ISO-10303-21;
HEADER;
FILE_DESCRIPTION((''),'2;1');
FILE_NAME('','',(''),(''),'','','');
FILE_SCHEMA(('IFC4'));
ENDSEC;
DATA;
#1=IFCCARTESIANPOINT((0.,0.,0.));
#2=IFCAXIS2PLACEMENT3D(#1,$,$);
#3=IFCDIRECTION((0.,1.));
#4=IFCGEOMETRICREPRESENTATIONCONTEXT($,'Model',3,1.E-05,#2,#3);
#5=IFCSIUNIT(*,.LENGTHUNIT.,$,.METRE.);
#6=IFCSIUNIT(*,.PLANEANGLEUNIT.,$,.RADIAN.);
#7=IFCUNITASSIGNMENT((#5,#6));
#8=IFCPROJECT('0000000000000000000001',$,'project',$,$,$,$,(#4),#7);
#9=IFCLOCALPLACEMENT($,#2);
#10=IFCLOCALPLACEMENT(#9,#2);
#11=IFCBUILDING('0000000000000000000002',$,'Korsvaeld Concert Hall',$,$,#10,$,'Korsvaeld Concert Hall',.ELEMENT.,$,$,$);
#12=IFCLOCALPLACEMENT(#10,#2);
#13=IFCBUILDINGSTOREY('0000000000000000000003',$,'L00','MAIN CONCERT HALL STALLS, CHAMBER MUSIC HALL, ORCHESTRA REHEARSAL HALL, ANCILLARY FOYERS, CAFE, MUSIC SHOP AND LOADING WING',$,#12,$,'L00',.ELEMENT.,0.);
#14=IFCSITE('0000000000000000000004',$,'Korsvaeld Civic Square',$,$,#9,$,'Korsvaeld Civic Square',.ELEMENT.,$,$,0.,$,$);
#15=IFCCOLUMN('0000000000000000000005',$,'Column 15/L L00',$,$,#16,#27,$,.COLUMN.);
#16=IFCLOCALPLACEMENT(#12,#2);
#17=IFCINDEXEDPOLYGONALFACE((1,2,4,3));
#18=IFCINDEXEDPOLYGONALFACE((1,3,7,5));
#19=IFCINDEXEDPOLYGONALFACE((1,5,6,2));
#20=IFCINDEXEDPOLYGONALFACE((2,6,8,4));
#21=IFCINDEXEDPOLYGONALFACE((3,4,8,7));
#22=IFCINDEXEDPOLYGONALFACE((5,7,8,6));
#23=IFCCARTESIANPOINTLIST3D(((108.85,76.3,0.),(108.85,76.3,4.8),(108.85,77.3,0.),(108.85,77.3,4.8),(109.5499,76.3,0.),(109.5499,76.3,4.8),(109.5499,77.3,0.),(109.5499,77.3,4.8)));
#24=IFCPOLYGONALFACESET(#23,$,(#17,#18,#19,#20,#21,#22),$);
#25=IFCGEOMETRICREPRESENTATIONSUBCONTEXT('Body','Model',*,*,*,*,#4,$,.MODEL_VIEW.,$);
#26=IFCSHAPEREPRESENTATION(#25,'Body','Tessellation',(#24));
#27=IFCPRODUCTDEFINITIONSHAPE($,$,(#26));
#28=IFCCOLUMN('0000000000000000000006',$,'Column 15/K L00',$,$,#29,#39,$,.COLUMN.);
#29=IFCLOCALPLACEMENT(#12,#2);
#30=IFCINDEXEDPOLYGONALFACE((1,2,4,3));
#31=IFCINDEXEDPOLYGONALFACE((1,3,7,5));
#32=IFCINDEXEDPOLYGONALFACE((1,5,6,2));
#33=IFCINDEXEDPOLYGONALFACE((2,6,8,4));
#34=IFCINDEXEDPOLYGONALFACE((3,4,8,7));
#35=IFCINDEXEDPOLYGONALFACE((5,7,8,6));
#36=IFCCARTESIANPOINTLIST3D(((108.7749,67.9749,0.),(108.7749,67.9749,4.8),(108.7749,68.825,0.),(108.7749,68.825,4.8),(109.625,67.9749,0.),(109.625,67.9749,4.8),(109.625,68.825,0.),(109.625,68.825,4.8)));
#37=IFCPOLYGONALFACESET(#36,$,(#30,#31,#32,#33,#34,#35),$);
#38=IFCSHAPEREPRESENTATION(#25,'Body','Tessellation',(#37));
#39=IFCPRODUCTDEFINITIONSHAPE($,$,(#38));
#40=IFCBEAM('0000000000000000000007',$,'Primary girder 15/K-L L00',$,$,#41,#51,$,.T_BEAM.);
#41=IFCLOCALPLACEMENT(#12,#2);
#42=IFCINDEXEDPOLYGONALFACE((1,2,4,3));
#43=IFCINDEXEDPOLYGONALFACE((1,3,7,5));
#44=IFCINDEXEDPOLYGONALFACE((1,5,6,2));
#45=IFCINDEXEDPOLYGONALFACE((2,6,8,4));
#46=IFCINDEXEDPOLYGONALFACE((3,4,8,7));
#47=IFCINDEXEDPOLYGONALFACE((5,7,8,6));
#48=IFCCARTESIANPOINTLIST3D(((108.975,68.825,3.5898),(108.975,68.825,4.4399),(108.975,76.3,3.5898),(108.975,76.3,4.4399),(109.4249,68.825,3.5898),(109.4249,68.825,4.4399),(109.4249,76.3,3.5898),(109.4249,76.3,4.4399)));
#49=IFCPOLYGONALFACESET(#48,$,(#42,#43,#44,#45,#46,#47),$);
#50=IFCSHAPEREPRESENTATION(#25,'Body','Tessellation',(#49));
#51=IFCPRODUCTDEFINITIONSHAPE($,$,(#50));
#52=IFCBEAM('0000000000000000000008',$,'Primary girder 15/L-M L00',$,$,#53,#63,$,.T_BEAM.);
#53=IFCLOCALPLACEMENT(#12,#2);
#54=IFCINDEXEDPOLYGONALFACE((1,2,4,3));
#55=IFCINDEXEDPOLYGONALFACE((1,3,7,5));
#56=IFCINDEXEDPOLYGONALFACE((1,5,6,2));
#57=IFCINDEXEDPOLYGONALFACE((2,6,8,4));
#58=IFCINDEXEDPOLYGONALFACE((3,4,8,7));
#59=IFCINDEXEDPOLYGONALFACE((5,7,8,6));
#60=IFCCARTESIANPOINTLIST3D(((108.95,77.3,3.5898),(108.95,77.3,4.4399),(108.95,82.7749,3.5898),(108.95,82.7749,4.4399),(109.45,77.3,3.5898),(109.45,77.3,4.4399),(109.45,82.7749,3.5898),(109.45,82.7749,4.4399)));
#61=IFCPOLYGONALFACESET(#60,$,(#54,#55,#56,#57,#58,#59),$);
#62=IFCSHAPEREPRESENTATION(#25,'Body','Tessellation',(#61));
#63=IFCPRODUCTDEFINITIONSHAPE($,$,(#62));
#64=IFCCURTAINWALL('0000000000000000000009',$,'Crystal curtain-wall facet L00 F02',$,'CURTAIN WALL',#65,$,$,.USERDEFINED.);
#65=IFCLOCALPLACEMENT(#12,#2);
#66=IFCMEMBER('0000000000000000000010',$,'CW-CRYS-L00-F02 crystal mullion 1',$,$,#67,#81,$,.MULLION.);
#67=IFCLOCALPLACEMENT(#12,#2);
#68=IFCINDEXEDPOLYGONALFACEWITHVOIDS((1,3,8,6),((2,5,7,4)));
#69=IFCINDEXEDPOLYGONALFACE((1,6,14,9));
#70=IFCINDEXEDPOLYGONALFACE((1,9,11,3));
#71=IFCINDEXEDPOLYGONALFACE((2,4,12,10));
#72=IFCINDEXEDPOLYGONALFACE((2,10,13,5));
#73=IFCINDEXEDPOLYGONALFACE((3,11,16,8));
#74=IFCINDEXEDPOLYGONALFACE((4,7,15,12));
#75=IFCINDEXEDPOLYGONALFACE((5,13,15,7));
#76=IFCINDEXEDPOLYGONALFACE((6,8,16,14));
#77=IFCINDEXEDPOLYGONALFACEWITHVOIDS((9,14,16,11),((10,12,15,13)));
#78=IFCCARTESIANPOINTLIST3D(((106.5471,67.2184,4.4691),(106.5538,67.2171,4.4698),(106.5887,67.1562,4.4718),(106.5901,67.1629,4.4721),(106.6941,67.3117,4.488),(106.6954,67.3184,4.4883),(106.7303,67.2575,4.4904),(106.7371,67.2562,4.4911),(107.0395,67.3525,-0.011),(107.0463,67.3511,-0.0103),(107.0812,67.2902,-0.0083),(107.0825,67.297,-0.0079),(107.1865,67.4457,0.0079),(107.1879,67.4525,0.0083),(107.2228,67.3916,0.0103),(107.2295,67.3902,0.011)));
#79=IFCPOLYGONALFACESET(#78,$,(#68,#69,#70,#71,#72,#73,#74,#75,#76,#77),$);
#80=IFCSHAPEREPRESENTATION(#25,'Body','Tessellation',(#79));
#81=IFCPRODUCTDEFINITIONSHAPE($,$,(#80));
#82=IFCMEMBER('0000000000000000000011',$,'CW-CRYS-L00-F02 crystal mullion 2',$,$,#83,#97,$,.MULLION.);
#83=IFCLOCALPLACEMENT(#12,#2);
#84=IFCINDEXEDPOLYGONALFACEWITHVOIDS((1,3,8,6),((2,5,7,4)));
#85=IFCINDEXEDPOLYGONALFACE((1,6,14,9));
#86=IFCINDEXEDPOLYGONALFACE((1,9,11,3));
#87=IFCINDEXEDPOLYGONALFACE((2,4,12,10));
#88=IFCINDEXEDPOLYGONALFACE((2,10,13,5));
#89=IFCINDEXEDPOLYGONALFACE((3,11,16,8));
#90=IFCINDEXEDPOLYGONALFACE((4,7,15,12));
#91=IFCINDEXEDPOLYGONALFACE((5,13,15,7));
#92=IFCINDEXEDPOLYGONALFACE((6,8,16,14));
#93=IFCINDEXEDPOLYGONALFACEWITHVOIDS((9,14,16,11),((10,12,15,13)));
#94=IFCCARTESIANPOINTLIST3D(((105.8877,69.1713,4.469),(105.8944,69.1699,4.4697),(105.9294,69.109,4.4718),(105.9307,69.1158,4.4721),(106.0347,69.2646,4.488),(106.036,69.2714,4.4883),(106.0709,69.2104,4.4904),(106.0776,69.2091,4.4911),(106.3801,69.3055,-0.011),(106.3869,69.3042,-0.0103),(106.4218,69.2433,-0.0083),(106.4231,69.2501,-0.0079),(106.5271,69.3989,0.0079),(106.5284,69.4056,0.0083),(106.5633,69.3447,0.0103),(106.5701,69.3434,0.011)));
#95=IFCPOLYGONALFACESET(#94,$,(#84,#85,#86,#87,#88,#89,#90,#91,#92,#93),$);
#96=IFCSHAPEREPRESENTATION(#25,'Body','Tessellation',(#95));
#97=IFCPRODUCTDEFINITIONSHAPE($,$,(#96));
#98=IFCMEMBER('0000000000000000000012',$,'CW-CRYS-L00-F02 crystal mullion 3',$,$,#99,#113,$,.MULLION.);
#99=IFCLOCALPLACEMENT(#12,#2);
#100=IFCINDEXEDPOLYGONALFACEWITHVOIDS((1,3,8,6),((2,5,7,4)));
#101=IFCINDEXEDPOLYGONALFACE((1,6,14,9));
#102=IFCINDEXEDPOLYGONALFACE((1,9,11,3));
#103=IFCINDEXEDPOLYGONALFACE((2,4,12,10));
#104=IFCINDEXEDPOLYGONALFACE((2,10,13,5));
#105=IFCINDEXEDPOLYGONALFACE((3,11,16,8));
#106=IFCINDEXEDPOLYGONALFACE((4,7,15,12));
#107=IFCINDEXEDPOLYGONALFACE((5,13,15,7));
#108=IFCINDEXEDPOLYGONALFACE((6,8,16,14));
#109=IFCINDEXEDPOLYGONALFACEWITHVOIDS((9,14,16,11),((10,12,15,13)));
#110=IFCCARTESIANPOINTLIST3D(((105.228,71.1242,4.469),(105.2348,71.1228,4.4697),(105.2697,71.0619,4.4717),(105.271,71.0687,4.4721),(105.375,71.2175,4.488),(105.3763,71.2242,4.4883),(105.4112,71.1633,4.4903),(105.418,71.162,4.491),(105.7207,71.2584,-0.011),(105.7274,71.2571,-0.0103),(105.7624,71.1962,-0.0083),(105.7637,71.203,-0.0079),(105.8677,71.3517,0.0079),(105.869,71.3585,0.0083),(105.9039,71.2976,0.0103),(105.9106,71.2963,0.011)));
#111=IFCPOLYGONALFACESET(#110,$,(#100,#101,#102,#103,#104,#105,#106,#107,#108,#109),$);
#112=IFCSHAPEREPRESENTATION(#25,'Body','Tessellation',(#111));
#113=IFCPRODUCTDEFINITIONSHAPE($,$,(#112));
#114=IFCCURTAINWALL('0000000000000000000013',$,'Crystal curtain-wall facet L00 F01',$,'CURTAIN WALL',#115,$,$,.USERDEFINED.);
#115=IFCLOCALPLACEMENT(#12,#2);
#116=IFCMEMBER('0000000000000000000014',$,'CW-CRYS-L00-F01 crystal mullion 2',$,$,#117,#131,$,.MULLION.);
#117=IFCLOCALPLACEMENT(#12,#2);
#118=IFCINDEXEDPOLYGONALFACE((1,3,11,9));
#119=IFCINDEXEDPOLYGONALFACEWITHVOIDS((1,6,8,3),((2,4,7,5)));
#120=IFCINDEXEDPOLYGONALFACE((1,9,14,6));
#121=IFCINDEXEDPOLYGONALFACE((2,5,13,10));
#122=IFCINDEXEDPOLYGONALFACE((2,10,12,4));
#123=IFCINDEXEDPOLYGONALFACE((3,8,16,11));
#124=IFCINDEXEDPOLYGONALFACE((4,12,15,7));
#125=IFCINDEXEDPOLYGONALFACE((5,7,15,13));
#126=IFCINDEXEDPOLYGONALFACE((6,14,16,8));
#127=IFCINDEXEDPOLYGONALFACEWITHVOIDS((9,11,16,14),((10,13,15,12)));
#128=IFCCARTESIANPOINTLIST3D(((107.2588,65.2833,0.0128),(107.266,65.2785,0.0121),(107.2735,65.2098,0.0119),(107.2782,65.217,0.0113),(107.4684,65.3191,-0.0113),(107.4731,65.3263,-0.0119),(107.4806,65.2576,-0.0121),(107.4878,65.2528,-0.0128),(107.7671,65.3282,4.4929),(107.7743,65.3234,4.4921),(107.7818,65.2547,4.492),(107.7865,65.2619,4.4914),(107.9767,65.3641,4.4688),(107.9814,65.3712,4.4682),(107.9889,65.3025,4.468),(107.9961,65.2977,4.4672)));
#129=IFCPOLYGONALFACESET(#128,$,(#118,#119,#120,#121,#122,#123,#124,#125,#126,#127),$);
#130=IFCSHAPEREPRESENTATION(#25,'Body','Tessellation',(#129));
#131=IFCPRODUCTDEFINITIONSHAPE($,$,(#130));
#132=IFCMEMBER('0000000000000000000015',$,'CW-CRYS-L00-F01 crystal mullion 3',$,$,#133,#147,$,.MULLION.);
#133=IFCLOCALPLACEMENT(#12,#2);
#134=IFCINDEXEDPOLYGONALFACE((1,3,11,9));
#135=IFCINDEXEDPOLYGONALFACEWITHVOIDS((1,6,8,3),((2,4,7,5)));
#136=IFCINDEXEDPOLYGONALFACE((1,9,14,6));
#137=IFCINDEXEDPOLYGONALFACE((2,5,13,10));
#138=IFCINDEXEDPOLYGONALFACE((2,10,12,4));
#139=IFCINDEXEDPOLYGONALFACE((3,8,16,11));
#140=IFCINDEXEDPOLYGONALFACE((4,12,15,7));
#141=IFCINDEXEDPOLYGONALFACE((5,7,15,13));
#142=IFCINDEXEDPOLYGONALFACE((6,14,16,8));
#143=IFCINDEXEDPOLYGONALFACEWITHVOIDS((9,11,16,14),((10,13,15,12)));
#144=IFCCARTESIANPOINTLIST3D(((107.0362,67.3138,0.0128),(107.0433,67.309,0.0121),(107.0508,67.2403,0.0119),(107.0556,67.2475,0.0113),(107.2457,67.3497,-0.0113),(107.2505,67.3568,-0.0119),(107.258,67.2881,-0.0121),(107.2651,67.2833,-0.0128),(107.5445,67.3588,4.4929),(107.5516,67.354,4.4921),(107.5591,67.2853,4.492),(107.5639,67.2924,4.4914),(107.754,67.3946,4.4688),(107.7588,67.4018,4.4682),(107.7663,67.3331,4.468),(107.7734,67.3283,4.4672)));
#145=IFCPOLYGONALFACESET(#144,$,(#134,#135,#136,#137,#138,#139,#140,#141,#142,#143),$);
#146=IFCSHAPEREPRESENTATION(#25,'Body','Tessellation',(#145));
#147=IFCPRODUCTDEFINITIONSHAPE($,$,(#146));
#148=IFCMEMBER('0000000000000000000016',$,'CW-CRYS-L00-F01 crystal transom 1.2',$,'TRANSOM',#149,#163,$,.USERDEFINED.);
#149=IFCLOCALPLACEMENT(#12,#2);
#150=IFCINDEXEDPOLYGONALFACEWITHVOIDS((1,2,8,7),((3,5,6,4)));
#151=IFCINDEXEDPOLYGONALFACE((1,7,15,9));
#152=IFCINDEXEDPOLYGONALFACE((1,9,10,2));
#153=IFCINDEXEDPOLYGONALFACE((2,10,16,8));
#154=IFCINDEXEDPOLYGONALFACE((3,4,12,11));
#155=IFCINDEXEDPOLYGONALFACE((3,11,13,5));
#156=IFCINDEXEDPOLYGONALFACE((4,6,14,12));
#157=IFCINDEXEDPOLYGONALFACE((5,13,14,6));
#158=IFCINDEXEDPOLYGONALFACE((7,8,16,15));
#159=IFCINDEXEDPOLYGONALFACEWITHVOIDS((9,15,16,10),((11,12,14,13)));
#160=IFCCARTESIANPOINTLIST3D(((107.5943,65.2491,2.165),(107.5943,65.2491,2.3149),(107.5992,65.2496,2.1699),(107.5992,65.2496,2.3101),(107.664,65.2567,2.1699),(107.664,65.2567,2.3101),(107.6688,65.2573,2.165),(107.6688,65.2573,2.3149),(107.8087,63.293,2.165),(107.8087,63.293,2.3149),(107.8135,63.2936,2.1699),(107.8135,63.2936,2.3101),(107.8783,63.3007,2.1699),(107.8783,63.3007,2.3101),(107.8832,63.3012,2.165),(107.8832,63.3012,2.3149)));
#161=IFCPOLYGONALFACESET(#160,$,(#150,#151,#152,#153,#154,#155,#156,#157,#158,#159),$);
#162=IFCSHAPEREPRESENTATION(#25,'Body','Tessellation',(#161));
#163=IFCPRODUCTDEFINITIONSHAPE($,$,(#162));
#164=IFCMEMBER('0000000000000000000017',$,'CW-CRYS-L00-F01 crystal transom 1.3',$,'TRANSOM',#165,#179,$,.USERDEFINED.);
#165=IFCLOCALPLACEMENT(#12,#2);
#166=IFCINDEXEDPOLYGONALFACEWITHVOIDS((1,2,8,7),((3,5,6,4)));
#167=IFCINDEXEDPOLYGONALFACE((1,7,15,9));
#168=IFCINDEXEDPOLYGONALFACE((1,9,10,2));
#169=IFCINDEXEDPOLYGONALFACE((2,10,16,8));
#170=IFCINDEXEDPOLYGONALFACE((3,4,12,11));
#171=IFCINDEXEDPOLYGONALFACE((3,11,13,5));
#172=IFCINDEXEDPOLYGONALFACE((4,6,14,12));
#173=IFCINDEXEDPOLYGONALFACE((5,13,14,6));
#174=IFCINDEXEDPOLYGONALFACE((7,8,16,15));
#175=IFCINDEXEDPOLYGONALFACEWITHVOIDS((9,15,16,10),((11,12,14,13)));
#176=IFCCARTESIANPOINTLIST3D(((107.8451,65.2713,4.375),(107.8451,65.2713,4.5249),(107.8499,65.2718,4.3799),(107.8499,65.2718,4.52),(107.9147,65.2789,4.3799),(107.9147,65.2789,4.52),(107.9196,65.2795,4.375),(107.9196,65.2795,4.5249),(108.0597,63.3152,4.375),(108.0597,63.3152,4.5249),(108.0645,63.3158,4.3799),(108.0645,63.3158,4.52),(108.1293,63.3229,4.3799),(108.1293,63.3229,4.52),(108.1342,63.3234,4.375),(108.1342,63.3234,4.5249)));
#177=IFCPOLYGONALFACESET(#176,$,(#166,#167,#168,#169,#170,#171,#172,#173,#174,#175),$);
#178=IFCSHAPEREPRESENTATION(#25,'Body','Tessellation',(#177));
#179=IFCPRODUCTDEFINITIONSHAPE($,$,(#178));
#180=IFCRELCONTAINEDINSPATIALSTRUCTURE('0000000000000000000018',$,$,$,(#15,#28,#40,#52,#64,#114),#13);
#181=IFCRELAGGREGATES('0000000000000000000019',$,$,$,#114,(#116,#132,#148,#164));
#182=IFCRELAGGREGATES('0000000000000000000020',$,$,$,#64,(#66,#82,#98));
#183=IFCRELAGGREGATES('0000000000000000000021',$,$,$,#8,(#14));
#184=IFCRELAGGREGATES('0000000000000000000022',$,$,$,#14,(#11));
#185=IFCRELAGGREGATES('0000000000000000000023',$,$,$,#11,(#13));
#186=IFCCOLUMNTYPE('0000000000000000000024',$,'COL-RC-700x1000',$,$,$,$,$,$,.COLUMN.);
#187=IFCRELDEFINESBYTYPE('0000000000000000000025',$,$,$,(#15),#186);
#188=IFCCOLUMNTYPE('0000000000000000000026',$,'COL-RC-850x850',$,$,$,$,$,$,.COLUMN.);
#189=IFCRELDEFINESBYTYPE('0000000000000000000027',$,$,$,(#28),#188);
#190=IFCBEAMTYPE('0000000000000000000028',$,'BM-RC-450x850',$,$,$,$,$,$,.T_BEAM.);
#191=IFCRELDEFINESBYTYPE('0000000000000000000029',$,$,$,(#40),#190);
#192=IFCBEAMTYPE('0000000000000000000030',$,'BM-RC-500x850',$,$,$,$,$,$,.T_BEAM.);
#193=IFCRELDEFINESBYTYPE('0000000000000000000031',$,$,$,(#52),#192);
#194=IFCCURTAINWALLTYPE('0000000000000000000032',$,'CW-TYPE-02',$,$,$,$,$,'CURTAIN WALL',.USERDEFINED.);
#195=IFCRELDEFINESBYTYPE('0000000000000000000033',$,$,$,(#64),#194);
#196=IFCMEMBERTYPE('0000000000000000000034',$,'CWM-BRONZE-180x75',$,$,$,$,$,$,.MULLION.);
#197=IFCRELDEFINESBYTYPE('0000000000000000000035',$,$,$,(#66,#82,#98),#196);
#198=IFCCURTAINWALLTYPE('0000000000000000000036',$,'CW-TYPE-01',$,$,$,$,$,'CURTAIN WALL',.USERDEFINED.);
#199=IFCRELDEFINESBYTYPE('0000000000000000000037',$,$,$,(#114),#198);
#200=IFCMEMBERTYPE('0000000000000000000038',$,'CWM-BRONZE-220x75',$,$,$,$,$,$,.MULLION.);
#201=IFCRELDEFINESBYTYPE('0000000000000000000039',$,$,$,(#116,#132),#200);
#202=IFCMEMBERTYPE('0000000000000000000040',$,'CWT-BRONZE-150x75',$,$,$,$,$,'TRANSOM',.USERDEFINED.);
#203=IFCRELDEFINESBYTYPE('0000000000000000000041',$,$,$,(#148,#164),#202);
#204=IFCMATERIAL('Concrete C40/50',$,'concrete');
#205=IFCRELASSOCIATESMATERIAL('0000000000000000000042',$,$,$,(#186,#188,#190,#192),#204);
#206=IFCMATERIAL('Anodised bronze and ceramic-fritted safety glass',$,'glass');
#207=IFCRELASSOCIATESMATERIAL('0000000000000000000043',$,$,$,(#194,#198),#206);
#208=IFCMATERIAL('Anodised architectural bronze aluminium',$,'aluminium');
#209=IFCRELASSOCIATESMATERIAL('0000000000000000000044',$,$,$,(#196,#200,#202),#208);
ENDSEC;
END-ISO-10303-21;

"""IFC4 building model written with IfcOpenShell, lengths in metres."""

from ifc_helpers import new_model, si_unit, direction, frame, origin, origin_2d, place, context, subcontext, project, spatial, rectangle, hollow_rectangle, extrude, material, material_profile, profile_set, type_object, element, aggregate, save


model = new_model("IFC4")

# Units and contexts
model_context = context("Model", 3, precision=1e-05, world=origin(), true_north=direction((0.0, 1.0)))
body_context = subcontext(model_context, "Body", "Model", "MODEL_VIEW")
ifc_project = project(units=[si_unit("LENGTHUNIT", "METRE"), si_unit("PLANEANGLEUNIT", "RADIAN")], contexts=[model_context])

# Site, building, storey
site_placement = place(None, origin())
site = spatial("IfcSite", under=ifc_project, at=site_placement, Name="Korsvaeld Civic Square", LongName="Korsvaeld Civic Square", CompositionType="ELEMENT", RefElevation=0.0)
building_placement = place(site_placement, origin())
building = spatial("IfcBuilding", under=site, at=building_placement, Name="Korsvaeld Concert Hall", LongName="Korsvaeld Concert Hall", CompositionType="ELEMENT")
storey_placement = place(building_placement, origin())
storey = spatial("IfcBuildingStorey", under=building, at=storey_placement, Name="L00", Description="MAIN CONCERT HALL STALLS, CHAMBER MUSIC HALL, ORCHESTRA REHEARSAL HALL, ANCILLARY FOYERS, CAFE, MUSIC SHOP AND LOADING WING", LongName="L00", CompositionType="ELEMENT", Elevation=0.0)

# Columns
ifc_material_1 = material(Name="Concrete C40/50", Category="concrete")
ifc_material_profile_1 = material_profile(ifc_material_1, rectangle(XDim=0.7, YDim=1.0, at=origin_2d()), Name="RC 700x1000")
ifc_profile_set_1 = profile_set([ifc_material_profile_1], Name="Concrete C40/50")
column_type_1 = type_object("IfcColumnType", Name="COL-RC-700x1000", PredefinedType="COLUMN", material=ifc_profile_set_1)
column_1_placement = place(storey_placement, frame((109.2, 76.8, 0.0), z_axis=(0.0, 0.0, 1.0), x_axis=(1.0, 0.0, 0.0)))
element("IfcColumn", 1, at=column_1_placement, inside=storey, type_object=column_type_1, Name="Column 15/L L00", PredefinedType="COLUMN", context=body_context, shape_type="SweptSolid", body=[
    extrude(rectangle(XDim=0.7, YDim=1.0, at=origin_2d()), origin(), (0.0, 0.0, 1.0), 4.8),
])
ifc_material_profile_2 = material_profile(ifc_material_1, rectangle(XDim=0.8501, YDim=0.8501, at=origin_2d()), Name="RC 850x850")
ifc_profile_set_2 = profile_set([ifc_material_profile_2], Name="Concrete C40/50")
column_type_2 = type_object("IfcColumnType", Name="COL-RC-850x850", PredefinedType="COLUMN", material=ifc_profile_set_2)
column_2_placement = place(storey_placement, frame((109.2, 68.3999, 0.0), z_axis=(0.0, 0.0, 1.0), x_axis=(1.0, 0.0, 0.0)))
element("IfcColumn", 2, at=column_2_placement, inside=storey, type_object=column_type_2, Name="Column 15/K L00", PredefinedType="COLUMN", context=body_context, shape_type="SweptSolid", body=[
    extrude(rectangle(XDim=0.8501, YDim=0.8501, at=origin_2d()), origin(), (0.0, 0.0, 1.0), 4.8),
])

# Beams
ifc_material_profile_3 = material_profile(ifc_material_1, rectangle(XDim=0.45, YDim=0.8501, at=origin_2d()), Name="RC 450x850")
ifc_profile_set_3 = profile_set([ifc_material_profile_3], Name="Concrete C40/50")
beam_type_1 = type_object("IfcBeamType", Name="BM-RC-450x850", PredefinedType="T_BEAM", material=ifc_profile_set_3)
beam_1_placement = place(storey_placement, frame((109.2, 68.825, 4.0149), z_axis=(0.0, 1.0, 0.0), x_axis=(-1.0, 0.0, 0.0)))
element("IfcBeam", 3, at=beam_1_placement, inside=storey, type_object=beam_type_1, Name="Primary girder 15/K-L L00", PredefinedType="T_BEAM", context=body_context, shape_type="SweptSolid", body=[
    extrude(rectangle(XDim=0.45, YDim=0.8501, at=origin_2d()), origin(), (0.0, 0.0, 1.0), 7.4751),
])
ifc_material_profile_4 = material_profile(ifc_material_1, rectangle(XDim=0.5, YDim=0.8501, at=origin_2d()), Name="RC 500x850")
ifc_profile_set_4 = profile_set([ifc_material_profile_4], Name="Concrete C40/50")
beam_type_2 = type_object("IfcBeamType", Name="BM-RC-500x850", PredefinedType="T_BEAM", material=ifc_profile_set_4)
beam_2_placement = place(storey_placement, frame((109.2, 77.3, 4.0149), z_axis=(0.0, 1.0, 0.0), x_axis=(-1.0, 0.0, 0.0)))
element("IfcBeam", 4, at=beam_2_placement, inside=storey, type_object=beam_type_2, Name="Primary girder 15/L-M L00", PredefinedType="T_BEAM", context=body_context, shape_type="SweptSolid", body=[
    extrude(rectangle(XDim=0.5, YDim=0.8501, at=origin_2d()), origin(), (0.0, 0.0, 1.0), 5.4749),
])

# Curtain walls, members
ifc_material_2 = material(Name="Anodised bronze and ceramic-fritted safety glass", Category="glass")
curtain_wall_type_1 = type_object("IfcCurtainWallType", Name="CW-TYPE-02", ElementType="CURTAIN WALL", PredefinedType="USERDEFINED", material=ifc_material_2)
curtain_wall_1_placement = place(storey_placement, origin())
curtain_wall_1 = element("IfcCurtainWall", 5, at=curtain_wall_1_placement, inside=storey, type_object=curtain_wall_type_1, Name="Crystal curtain-wall facet L00 F02", ObjectType="CURTAIN WALL", PredefinedType="USERDEFINED")
ifc_material_3 = material(Name="Anodised architectural bronze aluminium", Category="aluminium")
ifc_material_profile_5 = material_profile(ifc_material_3, hollow_rectangle(XDim=0.075, YDim=0.1799, WallThickness=0.0049, at=origin_2d()), Name="CWM 180x75x5")
ifc_profile_set_5 = profile_set([ifc_material_profile_5], Name="Anodised architectural bronze aluminium")
member_type_1 = type_object("IfcMemberType", Name="CWM-BRONZE-180x75", PredefinedType="MULLION", material=ifc_profile_set_5)
member_1_placement = place(storey_placement, frame((107.1345, 67.3713, 0.0), z_axis=(-0.109212, -0.029726, 0.993574), x_axis=(-0.555535, 0.830704, -0.03621)))
member_1 = element("IfcMember", 6, at=member_1_placement, type_object=member_type_1, Name="CW-CRYS-L00-F02 crystal mullion 1", PredefinedType="MULLION", context=body_context, shape_type="SweptSolid", body=[
    extrude(hollow_rectangle(XDim=0.075, YDim=0.1799, WallThickness=0.0049, at=origin_2d()), origin(), (0.0, 0.0, 1.0), 4.509),
])
member_2_placement = place(storey_placement, frame((106.4751, 69.3245, 0.0), z_axis=(-0.109212, -0.02978, 0.993572), x_axis=(-0.555918, 0.830448, -0.036215)))
member_2 = element("IfcMember", 7, at=member_2_placement, type_object=member_type_1, Name="CW-CRYS-L00-F02 crystal mullion 2", PredefinedType="MULLION", context=body_context, shape_type="SweptSolid", body=[
    extrude(hollow_rectangle(XDim=0.075, YDim=0.1799, WallThickness=0.0049, at=origin_2d()), origin(), (0.0, 0.0, 1.0), 4.509),
])
member_3_placement = place(storey_placement, frame((105.8157, 71.2773, 0.0), z_axis=(-0.109265, -0.02978, 0.993566), x_axis=(-0.555812, 0.830518, -0.036231)))
member_3 = element("IfcMember", 8, at=member_3_placement, type_object=member_type_1, Name="CW-CRYS-L00-F02 crystal mullion 3", PredefinedType="MULLION", context=body_context, shape_type="SweptSolid", body=[
    extrude(hollow_rectangle(XDim=0.075, YDim=0.1799, WallThickness=0.0049, at=origin_2d()), origin(), (0.0, 0.0, 1.0), 4.509),
])
curtain_wall_type_2 = type_object("IfcCurtainWallType", Name="CW-TYPE-01", ElementType="CURTAIN WALL", PredefinedType="USERDEFINED", material=ifc_material_2)
curtain_wall_2_placement = place(storey_placement, origin())
curtain_wall_2 = element("IfcCurtainWall", 9, at=curtain_wall_2_placement, inside=storey, type_object=curtain_wall_type_2, Name="Crystal curtain-wall facet L00 F01", ObjectType="CURTAIN WALL", PredefinedType="USERDEFINED")
ifc_material_profile_6 = material_profile(ifc_material_3, hollow_rectangle(XDim=0.075, YDim=0.22, WallThickness=0.0061, at=origin_2d()), Name="CWM 220x75x6")
ifc_profile_set_6 = profile_set([ifc_material_profile_6], Name="Anodised architectural bronze aluminium")
member_type_2 = type_object("IfcMemberType", Name="CWM-BRONZE-220x75", PredefinedType="MULLION", material=ifc_profile_set_6)
member_4_placement = place(storey_placement, frame((107.3733, 65.2681, 0.0), z_axis=(0.112732, 0.009963, 0.993576), x_axis=(0.195385, -0.980649, -0.012335)))
member_4 = element("IfcMember", 10, at=member_4_placement, type_object=member_type_2, Name="CW-CRYS-L00-F01 crystal mullion 2", PredefinedType="MULLION", context=body_context, shape_type="SweptSolid", body=[
    extrude(hollow_rectangle(XDim=0.075, YDim=0.22, WallThickness=0.0061, at=origin_2d()), origin(), (0.0, 0.0, 1.0), 4.509),
])
member_5_placement = place(storey_placement, frame((107.1506, 67.2986, 0.0), z_axis=(0.112732, 0.009963, 0.993576), x_axis=(0.195385, -0.980649, -0.012335)))
member_5 = element("IfcMember", 11, at=member_5_placement, type_object=member_type_2, Name="CW-CRYS-L00-F01 crystal mullion 3", PredefinedType="MULLION", context=body_context, shape_type="SweptSolid", body=[
    extrude(hollow_rectangle(XDim=0.075, YDim=0.22, WallThickness=0.0061, at=origin_2d()), origin(), (0.0, 0.0, 1.0), 4.509),
])
ifc_material_profile_7 = material_profile(ifc_material_3, hollow_rectangle(XDim=0.075, YDim=0.1499, WallThickness=0.0049, at=origin_2d()), Name="CWT 150x75x5")
ifc_profile_set_7 = profile_set([ifc_material_profile_7], Name="Anodised architectural bronze aluminium")
member_type_3 = type_object("IfcMemberType", Name="CWT-BRONZE-150x75", ElementType="TRANSOM", PredefinedType="USERDEFINED", material=ifc_profile_set_7)
member_6_placement = place(storey_placement, frame((107.8459, 63.2971, 2.24), z_axis=(-0.108933, 0.994049, 0.0), x_axis=(-0.994049, -0.108933, 0.0)))
member_6 = element("IfcMember", 12, at=member_6_placement, type_object=member_type_3, Name="CW-CRYS-L00-F01 crystal transom 1.2", ObjectType="TRANSOM", PredefinedType="USERDEFINED", context=body_context, shape_type="SweptSolid", body=[
    extrude(hollow_rectangle(XDim=0.075, YDim=0.1499, WallThickness=0.0049, at=origin_2d()), origin(), (0.0, 0.0, 1.0), 1.9678),
])
member_7_placement = place(storey_placement, frame((108.0969, 63.3193, 4.45), z_axis=(-0.109056, 0.994036, 0.0), x_axis=(-0.994036, -0.109056, 0.0)))
member_7 = element("IfcMember", 13, at=member_7_placement, type_object=member_type_3, Name="CW-CRYS-L00-F01 crystal transom 1.3", ObjectType="TRANSOM", PredefinedType="USERDEFINED", context=body_context, shape_type="SweptSolid", body=[
    extrude(hollow_rectangle(XDim=0.075, YDim=0.1499, WallThickness=0.0049, at=origin_2d()), origin(), (0.0, 0.0, 1.0), 1.9678),
])

aggregate(curtain_wall_2, [member_4, member_5, member_6, member_7])
aggregate(curtain_wall_1, [member_1, member_2, member_3])

save(model, "model.ifc")
